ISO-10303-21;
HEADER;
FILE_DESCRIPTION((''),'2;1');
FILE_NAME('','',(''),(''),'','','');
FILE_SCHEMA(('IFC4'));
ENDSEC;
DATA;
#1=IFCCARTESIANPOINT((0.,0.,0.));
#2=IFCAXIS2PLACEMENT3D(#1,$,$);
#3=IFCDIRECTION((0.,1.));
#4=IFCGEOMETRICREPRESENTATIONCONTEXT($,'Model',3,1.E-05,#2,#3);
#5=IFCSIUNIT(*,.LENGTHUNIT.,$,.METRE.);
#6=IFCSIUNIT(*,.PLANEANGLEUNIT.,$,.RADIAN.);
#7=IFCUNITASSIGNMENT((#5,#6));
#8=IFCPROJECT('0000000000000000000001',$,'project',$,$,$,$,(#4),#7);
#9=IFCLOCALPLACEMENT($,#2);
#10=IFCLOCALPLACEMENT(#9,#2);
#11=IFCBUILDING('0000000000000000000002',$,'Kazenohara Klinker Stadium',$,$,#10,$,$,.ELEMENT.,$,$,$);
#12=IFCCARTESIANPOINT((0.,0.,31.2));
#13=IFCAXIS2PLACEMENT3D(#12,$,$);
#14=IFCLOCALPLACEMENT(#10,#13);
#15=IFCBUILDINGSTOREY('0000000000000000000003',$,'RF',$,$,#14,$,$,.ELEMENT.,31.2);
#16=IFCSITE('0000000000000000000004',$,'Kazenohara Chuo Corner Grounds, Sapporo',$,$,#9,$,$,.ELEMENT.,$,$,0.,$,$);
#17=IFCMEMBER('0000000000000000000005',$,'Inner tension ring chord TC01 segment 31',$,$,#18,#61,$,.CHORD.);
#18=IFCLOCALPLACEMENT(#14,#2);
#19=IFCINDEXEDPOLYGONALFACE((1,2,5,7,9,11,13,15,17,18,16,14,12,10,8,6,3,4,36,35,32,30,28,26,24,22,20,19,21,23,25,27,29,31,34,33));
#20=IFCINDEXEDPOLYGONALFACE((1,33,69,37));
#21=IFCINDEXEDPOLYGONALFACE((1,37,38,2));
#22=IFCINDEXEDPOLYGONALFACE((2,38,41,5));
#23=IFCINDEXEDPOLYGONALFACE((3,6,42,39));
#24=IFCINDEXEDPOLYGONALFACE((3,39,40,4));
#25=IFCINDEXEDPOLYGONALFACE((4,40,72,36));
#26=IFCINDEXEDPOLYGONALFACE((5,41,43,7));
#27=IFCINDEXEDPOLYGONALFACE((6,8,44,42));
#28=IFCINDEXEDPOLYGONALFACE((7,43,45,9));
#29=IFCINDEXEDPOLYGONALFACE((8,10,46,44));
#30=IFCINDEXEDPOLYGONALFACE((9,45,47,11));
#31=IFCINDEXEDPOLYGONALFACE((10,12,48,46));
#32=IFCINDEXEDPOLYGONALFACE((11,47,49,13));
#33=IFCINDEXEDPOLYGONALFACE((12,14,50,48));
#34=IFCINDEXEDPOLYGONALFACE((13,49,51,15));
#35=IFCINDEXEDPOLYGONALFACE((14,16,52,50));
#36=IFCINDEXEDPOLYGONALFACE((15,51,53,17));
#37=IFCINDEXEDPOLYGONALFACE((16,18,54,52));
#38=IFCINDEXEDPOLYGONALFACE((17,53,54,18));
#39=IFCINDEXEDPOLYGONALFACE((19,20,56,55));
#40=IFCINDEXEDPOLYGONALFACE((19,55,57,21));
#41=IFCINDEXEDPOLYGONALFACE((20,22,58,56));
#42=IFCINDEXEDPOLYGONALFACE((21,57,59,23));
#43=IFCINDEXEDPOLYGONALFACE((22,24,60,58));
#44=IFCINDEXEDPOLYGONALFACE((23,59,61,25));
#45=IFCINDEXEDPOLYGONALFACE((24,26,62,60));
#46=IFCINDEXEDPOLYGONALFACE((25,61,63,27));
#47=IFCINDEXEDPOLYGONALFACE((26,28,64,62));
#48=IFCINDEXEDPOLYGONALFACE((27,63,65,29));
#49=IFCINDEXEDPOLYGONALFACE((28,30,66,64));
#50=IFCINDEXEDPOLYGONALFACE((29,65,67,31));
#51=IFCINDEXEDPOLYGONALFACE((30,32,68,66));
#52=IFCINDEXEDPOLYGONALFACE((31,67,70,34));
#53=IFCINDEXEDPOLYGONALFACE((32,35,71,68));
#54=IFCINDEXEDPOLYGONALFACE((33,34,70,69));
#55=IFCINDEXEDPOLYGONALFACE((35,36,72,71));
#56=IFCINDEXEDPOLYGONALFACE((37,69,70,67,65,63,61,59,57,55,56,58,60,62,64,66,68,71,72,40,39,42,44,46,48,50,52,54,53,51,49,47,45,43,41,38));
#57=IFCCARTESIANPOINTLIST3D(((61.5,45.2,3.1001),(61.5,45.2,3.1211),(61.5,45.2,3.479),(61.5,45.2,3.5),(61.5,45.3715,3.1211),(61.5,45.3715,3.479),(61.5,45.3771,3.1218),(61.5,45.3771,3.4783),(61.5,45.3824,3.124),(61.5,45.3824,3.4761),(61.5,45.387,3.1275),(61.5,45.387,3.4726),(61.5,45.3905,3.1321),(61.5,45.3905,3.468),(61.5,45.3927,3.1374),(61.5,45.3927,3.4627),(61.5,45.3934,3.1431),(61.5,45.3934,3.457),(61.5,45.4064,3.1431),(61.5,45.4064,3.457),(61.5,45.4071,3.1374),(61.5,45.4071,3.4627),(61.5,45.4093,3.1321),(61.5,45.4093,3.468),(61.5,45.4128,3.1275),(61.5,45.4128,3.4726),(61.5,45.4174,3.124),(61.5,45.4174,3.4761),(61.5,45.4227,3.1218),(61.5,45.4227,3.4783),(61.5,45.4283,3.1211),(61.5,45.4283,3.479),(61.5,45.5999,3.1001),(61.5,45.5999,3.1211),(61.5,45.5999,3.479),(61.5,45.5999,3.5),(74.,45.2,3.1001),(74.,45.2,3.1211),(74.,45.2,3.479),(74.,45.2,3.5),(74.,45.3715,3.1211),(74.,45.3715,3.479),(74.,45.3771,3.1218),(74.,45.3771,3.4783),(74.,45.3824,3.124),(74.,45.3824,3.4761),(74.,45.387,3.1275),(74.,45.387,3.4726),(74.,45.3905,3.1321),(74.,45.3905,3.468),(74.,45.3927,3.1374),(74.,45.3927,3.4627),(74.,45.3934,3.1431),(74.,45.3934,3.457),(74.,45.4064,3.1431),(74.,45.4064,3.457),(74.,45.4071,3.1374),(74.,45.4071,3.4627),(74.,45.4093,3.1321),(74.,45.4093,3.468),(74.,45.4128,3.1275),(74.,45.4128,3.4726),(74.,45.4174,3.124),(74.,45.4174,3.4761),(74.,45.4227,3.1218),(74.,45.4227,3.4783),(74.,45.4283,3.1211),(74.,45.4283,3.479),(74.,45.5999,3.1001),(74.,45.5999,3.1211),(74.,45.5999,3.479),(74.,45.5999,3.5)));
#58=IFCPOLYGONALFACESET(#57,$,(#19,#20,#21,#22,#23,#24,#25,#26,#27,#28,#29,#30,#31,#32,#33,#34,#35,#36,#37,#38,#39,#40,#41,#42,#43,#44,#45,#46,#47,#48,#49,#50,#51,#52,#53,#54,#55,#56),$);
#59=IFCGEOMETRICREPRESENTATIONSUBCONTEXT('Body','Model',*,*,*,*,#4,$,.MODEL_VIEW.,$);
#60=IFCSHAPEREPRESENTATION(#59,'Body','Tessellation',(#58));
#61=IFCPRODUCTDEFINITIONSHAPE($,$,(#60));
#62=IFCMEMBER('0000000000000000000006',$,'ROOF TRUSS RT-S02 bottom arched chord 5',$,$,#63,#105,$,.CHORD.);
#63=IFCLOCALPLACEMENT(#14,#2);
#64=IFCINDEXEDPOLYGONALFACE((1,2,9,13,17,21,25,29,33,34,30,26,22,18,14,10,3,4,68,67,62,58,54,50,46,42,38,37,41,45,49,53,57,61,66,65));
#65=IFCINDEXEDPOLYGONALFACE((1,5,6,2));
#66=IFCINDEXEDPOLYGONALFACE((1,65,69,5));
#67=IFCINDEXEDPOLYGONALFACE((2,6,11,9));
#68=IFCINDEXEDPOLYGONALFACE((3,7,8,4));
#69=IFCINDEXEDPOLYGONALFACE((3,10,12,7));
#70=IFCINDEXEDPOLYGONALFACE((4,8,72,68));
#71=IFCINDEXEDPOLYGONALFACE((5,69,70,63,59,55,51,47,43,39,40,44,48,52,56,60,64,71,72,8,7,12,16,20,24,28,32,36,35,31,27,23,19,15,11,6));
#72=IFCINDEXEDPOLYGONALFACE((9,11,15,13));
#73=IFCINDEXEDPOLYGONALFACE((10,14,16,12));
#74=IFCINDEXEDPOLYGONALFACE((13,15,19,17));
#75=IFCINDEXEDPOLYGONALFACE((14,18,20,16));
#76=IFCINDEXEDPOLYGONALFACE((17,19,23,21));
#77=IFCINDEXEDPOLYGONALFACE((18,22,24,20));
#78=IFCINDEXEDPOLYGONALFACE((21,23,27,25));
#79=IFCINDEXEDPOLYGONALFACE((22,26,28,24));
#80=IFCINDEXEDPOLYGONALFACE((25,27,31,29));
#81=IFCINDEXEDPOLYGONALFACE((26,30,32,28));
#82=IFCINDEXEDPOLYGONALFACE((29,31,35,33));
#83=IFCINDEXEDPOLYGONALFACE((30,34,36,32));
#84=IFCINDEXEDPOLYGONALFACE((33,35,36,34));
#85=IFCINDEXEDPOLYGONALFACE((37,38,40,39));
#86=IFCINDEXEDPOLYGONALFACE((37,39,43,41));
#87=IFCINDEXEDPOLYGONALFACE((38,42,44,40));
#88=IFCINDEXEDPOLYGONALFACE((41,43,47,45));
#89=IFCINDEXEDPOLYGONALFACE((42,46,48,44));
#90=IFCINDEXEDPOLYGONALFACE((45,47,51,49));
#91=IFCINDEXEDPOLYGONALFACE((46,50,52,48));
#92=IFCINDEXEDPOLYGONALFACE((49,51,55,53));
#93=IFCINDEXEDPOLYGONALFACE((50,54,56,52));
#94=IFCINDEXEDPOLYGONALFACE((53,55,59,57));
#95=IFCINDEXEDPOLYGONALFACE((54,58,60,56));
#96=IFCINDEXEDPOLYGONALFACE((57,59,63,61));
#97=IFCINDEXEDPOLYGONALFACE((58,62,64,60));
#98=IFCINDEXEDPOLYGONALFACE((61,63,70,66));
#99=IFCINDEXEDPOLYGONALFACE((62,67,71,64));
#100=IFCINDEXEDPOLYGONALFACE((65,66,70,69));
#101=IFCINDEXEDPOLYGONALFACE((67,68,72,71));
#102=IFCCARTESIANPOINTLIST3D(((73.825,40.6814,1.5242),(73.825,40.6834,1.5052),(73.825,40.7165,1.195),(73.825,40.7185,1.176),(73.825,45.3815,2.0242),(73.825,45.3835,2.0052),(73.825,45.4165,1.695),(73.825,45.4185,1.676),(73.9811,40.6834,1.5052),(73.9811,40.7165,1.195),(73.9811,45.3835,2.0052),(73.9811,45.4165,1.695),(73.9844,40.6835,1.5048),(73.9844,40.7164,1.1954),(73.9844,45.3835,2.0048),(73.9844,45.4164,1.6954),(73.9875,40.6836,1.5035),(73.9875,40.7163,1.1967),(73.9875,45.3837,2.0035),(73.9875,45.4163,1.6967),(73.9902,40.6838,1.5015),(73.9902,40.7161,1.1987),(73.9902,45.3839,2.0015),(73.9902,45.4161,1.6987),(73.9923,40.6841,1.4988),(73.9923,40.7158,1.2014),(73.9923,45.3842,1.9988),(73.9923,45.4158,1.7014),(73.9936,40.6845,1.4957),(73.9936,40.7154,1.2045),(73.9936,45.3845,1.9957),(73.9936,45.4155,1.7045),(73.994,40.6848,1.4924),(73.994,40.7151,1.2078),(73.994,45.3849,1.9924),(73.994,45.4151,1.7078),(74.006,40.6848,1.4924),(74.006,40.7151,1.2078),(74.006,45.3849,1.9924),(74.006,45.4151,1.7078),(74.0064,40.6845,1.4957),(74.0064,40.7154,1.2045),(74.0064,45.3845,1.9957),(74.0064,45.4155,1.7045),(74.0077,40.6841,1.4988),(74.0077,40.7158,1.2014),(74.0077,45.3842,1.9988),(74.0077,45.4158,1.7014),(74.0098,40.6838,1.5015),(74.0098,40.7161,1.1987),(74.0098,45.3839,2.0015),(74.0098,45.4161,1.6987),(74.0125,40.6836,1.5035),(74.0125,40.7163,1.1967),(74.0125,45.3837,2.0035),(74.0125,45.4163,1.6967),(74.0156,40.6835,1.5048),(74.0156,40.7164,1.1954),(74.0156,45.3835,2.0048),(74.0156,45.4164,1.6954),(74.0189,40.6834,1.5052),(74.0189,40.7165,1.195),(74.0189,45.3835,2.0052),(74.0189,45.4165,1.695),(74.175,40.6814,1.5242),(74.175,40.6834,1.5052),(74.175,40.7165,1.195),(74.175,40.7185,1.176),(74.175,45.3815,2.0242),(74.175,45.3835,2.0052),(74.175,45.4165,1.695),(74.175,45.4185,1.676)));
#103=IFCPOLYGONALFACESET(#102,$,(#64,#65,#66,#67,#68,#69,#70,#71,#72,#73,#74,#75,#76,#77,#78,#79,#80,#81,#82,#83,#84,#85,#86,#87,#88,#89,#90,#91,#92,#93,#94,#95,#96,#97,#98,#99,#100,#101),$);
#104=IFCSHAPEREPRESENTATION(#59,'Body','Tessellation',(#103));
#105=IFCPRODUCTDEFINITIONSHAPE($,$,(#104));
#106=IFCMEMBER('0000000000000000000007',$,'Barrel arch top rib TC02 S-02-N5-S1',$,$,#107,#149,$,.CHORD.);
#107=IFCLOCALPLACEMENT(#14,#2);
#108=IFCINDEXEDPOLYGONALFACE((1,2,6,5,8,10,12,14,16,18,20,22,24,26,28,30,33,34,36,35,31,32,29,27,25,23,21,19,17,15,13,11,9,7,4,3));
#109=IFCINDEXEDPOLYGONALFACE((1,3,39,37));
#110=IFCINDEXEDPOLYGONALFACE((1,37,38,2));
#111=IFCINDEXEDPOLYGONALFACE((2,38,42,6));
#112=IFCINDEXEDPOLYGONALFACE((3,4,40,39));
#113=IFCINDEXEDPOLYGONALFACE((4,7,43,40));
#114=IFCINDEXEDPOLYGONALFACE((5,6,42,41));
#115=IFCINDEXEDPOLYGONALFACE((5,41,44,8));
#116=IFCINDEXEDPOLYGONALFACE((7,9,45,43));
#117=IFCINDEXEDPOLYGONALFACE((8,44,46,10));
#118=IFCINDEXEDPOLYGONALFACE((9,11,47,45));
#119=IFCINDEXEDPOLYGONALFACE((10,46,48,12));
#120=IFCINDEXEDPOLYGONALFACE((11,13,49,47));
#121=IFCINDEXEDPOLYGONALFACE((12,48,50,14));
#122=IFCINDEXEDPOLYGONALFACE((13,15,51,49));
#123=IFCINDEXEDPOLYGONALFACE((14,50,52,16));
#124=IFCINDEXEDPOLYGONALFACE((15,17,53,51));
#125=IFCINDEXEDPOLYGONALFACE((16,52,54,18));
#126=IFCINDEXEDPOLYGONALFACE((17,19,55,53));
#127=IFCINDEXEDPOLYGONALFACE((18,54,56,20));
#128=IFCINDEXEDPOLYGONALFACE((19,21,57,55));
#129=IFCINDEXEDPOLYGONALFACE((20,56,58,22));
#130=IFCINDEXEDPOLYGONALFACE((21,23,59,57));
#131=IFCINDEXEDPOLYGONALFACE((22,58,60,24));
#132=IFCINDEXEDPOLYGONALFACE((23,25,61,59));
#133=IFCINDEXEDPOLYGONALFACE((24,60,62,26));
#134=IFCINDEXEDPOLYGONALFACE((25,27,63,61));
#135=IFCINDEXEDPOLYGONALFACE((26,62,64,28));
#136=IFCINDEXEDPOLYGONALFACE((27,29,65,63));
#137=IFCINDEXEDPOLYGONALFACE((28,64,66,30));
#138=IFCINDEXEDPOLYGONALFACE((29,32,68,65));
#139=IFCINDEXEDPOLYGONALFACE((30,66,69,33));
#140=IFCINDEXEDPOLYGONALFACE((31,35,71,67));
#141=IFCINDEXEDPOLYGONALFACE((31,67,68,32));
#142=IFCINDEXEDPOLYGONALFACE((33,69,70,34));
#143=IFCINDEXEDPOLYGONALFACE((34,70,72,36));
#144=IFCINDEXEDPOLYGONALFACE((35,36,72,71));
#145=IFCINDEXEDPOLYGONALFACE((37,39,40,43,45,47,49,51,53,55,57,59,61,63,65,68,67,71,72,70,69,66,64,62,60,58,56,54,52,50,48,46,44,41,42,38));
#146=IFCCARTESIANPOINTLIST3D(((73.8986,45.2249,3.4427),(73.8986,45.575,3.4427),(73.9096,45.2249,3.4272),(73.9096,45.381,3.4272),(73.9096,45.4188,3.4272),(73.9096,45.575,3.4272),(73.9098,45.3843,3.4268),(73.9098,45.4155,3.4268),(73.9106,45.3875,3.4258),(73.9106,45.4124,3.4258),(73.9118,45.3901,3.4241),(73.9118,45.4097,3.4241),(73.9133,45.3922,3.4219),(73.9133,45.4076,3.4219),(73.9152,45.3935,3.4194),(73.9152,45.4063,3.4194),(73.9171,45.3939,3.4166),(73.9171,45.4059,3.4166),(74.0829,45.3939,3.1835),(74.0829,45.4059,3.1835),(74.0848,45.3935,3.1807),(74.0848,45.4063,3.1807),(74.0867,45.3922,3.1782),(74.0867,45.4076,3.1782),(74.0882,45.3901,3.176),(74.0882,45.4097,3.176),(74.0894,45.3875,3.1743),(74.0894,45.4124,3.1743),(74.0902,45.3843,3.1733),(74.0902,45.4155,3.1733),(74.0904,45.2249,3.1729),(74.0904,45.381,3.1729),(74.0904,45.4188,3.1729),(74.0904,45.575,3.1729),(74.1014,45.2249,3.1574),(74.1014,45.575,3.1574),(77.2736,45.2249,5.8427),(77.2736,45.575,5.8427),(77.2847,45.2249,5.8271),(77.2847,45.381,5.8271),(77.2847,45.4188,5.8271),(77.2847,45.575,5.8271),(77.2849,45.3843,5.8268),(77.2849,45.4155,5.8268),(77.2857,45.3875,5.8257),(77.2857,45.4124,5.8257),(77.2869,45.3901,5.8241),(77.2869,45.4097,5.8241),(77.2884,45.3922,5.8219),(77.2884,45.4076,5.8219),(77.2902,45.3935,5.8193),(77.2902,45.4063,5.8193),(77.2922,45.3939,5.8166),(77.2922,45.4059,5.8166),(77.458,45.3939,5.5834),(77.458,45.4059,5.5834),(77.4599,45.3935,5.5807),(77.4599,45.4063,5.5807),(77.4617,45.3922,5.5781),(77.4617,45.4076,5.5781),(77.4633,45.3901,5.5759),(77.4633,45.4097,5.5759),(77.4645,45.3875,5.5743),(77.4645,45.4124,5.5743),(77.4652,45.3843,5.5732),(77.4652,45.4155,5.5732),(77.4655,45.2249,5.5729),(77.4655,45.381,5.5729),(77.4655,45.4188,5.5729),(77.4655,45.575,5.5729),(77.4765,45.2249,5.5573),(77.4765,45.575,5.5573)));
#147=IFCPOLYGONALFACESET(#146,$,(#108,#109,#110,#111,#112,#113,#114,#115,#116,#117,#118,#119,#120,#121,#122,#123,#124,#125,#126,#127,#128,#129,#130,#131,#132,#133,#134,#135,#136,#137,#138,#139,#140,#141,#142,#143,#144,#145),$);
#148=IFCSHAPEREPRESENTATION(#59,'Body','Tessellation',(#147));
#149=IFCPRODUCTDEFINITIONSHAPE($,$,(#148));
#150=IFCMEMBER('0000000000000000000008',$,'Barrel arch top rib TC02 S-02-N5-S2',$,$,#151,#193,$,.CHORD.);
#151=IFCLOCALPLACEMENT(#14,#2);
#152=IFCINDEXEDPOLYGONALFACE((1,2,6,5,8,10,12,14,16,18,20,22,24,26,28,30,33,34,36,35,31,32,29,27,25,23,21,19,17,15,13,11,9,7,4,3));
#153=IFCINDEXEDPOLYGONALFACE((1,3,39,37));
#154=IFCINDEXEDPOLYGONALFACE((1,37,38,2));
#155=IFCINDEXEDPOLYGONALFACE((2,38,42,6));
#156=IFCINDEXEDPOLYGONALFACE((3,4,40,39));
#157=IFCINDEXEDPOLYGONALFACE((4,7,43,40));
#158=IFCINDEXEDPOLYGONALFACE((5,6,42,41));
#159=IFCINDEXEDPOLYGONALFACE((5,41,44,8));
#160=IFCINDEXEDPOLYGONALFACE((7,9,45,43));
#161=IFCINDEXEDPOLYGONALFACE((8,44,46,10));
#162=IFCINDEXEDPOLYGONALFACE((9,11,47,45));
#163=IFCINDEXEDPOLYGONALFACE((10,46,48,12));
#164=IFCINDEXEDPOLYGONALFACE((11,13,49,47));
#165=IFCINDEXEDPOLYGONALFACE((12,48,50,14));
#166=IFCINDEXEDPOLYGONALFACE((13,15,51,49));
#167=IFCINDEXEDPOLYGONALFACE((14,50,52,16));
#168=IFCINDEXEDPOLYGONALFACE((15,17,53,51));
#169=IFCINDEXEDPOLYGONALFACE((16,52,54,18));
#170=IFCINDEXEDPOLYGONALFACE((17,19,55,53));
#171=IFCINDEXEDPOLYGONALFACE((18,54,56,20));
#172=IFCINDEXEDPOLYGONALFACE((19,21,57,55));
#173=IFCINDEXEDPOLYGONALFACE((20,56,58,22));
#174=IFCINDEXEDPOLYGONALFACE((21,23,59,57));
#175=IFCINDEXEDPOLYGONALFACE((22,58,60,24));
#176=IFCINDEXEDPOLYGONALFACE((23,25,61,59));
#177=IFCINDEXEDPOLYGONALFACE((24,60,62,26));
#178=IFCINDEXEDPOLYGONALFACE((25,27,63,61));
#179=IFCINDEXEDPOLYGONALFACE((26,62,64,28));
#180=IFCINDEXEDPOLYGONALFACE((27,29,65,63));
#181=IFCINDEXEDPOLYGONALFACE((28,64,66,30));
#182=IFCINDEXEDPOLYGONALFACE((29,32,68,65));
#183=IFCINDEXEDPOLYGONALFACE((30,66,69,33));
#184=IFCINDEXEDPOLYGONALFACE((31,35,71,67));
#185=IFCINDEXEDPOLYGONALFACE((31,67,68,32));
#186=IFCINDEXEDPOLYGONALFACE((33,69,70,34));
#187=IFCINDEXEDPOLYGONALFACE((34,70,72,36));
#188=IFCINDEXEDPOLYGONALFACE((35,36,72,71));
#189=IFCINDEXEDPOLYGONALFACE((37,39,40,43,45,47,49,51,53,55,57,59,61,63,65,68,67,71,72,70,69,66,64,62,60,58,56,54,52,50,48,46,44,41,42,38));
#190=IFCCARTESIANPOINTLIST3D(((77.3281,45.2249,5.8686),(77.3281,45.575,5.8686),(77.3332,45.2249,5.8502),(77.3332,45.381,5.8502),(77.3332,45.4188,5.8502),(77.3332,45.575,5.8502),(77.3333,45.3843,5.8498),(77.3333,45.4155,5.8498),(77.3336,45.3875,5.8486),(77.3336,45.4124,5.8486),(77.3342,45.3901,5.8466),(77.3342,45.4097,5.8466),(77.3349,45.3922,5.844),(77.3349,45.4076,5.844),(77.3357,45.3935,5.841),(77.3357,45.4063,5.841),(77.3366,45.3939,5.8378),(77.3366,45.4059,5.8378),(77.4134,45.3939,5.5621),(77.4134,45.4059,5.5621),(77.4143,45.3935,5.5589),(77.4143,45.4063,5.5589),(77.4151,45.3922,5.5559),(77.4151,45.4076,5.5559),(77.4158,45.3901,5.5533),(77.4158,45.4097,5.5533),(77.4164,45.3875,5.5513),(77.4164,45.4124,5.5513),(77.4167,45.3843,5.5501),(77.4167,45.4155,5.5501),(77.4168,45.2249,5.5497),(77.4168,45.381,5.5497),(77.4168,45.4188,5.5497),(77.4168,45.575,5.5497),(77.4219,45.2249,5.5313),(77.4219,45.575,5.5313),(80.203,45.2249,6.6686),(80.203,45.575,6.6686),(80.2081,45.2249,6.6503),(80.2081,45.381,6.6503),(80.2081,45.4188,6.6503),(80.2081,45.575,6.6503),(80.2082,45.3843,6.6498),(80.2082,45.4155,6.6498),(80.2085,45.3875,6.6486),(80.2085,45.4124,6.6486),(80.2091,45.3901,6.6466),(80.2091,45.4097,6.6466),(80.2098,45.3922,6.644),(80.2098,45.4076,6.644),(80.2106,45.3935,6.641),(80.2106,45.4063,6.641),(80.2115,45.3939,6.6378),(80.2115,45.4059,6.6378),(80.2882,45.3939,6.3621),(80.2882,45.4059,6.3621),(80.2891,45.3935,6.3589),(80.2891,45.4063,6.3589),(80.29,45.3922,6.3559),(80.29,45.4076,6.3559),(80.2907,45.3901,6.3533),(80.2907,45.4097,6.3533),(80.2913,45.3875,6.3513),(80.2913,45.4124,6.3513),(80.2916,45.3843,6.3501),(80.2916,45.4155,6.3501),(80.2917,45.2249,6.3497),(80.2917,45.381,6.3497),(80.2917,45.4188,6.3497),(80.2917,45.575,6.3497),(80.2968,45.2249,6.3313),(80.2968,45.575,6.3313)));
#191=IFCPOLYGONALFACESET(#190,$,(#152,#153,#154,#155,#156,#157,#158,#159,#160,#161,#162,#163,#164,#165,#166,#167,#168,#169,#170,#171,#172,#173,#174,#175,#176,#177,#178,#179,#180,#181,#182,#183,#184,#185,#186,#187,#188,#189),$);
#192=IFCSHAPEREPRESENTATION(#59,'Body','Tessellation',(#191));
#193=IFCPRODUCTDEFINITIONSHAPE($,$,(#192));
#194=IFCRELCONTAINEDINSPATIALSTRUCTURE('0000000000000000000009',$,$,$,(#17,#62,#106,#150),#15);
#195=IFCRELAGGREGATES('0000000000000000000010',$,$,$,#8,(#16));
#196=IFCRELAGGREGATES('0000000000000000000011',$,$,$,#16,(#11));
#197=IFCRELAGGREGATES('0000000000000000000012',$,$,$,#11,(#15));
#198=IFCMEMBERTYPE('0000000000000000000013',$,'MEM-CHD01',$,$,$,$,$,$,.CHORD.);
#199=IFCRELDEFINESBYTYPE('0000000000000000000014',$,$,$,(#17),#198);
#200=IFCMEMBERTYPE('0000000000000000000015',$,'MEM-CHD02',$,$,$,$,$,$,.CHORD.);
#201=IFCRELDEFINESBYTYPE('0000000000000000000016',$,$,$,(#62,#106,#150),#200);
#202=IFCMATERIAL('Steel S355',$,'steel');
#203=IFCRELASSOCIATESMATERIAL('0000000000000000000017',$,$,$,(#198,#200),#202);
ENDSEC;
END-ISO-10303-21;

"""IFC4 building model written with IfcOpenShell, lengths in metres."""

from ifc_helpers import new_model, si_unit, direction, frame, origin, origin_2d, place, context, subcontext, project, spatial, i_section, extrude, material, material_profile, profile_set, type_object, element, save


model = new_model("IFC4")

# Units and contexts
model_context = context("Model", 3, precision=1e-05, world=origin(), true_north=direction((0.0, 1.0)))
body_context = subcontext(model_context, "Body", "Model", "MODEL_VIEW")
ifc_project = project(units=[si_unit("LENGTHUNIT", "METRE"), si_unit("PLANEANGLEUNIT", "RADIAN")], contexts=[model_context])

# Site, building, storey
site_placement = place(None, origin())
site = spatial("IfcSite", under=ifc_project, at=site_placement, Name="Kazenohara Chuo Corner Grounds, Sapporo", CompositionType="ELEMENT", RefElevation=0.0)
building_placement = place(site_placement, origin())
building = spatial("IfcBuilding", under=site, at=building_placement, Name="Kazenohara Klinker Stadium", CompositionType="ELEMENT")
storey_placement = place(building_placement, frame((0.0, 0.0, 31.2)))
storey = spatial("IfcBuildingStorey", under=building, at=storey_placement, Name="RF", CompositionType="ELEMENT", Elevation=31.2)

# Members
ifc_material = material(Name="Steel S355", Category="steel")
ifc_material_profile_1 = material_profile(ifc_material, i_section(OverallWidth=0.3999, OverallDepth=0.3999, WebThickness=0.0129, FlangeThickness=0.021, FilletRadius=0.022, at=origin_2d()), Name="H-400x400x13x21")
ifc_profile_set_1 = profile_set([ifc_material_profile_1], Name="Steel S355")
member_type_1 = type_object("IfcMemberType", Name="MEM-CHD01", PredefinedType="CHORD", material=ifc_profile_set_1)
member_1_placement = place(storey_placement, frame((74.0, 45.3999, 3.3), z_axis=(-1.0, 0.0, 0.0), x_axis=(0.0, -1.0, 0.0)))
element("IfcMember", 1, at=member_1_placement, inside=storey, type_object=member_type_1, Name="Inner tension ring chord TC01 segment 31", PredefinedType="CHORD", context=body_context, shape_type="SweptSolid", body=[
    extrude(i_section(OverallWidth=0.3999, OverallDepth=0.3999, WebThickness=0.0129, FlangeThickness=0.021, FilletRadius=0.022, at=origin_2d()), origin(), (0.0, 0.0, 1.0), 12.5),
])
ifc_material_profile_2 = material_profile(ifc_material, i_section(OverallWidth=0.3501, OverallDepth=0.3501, WebThickness=0.012, FlangeThickness=0.019, FilletRadius=0.0129, at=origin_2d()), Name="H-350x350x12x19")
ifc_profile_set_2 = profile_set([ifc_material_profile_2], Name="Steel S355")
member_type_2 = type_object("IfcMemberType", Name="MEM-CHD02", PredefinedType="CHORD", material=ifc_profile_set_2)
member_2_placement = place(storey_placement, frame((74.0, 40.7, 1.3501), z_axis=(0.0, 0.994389, 0.105787), x_axis=(-1.0, 0.0, 0.0)))
element("IfcMember", 2, at=member_2_placement, inside=storey, type_object=member_type_2, Name="ROOF TRUSS RT-S02 bottom arched chord 5", PredefinedType="CHORD", context=body_context, shape_type="SweptSolid", body=[
    extrude(i_section(OverallWidth=0.3501, OverallDepth=0.3501, WebThickness=0.012, FlangeThickness=0.019, FilletRadius=0.0129, at=origin_2d()), origin(), (0.0, 0.0, 1.0), 4.7266),
])
member_3_placement = place(storey_placement, frame((74.0, 45.3999, 3.3), z_axis=(0.814966, 0.0, 0.579508), x_axis=(0.0, 1.0, 0.0)))
element("IfcMember", 3, at=member_3_placement, inside=storey, type_object=member_type_2, Name="Barrel arch top rib TC02 S-02-N5-S1", PredefinedType="CHORD", context=body_context, shape_type="SweptSolid", body=[
    extrude(i_section(OverallWidth=0.3501, OverallDepth=0.3501, WebThickness=0.012, FlangeThickness=0.019, FilletRadius=0.0129, at=origin_2d()), origin(), (0.0, 0.0, 1.0), 4.1414),
])
for number, where, z_axis, x_axis, name in (
    (4, (77.375, 45.3999, 5.7), (0.963394, 0.0, 0.268091), (0.0, 1.0, 0.0), "Barrel arch top rib TC02 S-02-N5-S2"),
):
    element("IfcMember", number, at=place(storey_placement, frame(where, z_axis=z_axis, x_axis=x_axis)), inside=storey, type_object=member_type_2, Name=name, PredefinedType="CHORD", context=body_context, shape_type="SweptSolid", body=[
        extrude(i_section(OverallWidth=0.3501, OverallDepth=0.3501, WebThickness=0.012, FlangeThickness=0.019, FilletRadius=0.0129, at=origin_2d()), origin(), (0.0, 0.0, 1.0), 2.9841),
    ])

save(model, "model.ifc")
